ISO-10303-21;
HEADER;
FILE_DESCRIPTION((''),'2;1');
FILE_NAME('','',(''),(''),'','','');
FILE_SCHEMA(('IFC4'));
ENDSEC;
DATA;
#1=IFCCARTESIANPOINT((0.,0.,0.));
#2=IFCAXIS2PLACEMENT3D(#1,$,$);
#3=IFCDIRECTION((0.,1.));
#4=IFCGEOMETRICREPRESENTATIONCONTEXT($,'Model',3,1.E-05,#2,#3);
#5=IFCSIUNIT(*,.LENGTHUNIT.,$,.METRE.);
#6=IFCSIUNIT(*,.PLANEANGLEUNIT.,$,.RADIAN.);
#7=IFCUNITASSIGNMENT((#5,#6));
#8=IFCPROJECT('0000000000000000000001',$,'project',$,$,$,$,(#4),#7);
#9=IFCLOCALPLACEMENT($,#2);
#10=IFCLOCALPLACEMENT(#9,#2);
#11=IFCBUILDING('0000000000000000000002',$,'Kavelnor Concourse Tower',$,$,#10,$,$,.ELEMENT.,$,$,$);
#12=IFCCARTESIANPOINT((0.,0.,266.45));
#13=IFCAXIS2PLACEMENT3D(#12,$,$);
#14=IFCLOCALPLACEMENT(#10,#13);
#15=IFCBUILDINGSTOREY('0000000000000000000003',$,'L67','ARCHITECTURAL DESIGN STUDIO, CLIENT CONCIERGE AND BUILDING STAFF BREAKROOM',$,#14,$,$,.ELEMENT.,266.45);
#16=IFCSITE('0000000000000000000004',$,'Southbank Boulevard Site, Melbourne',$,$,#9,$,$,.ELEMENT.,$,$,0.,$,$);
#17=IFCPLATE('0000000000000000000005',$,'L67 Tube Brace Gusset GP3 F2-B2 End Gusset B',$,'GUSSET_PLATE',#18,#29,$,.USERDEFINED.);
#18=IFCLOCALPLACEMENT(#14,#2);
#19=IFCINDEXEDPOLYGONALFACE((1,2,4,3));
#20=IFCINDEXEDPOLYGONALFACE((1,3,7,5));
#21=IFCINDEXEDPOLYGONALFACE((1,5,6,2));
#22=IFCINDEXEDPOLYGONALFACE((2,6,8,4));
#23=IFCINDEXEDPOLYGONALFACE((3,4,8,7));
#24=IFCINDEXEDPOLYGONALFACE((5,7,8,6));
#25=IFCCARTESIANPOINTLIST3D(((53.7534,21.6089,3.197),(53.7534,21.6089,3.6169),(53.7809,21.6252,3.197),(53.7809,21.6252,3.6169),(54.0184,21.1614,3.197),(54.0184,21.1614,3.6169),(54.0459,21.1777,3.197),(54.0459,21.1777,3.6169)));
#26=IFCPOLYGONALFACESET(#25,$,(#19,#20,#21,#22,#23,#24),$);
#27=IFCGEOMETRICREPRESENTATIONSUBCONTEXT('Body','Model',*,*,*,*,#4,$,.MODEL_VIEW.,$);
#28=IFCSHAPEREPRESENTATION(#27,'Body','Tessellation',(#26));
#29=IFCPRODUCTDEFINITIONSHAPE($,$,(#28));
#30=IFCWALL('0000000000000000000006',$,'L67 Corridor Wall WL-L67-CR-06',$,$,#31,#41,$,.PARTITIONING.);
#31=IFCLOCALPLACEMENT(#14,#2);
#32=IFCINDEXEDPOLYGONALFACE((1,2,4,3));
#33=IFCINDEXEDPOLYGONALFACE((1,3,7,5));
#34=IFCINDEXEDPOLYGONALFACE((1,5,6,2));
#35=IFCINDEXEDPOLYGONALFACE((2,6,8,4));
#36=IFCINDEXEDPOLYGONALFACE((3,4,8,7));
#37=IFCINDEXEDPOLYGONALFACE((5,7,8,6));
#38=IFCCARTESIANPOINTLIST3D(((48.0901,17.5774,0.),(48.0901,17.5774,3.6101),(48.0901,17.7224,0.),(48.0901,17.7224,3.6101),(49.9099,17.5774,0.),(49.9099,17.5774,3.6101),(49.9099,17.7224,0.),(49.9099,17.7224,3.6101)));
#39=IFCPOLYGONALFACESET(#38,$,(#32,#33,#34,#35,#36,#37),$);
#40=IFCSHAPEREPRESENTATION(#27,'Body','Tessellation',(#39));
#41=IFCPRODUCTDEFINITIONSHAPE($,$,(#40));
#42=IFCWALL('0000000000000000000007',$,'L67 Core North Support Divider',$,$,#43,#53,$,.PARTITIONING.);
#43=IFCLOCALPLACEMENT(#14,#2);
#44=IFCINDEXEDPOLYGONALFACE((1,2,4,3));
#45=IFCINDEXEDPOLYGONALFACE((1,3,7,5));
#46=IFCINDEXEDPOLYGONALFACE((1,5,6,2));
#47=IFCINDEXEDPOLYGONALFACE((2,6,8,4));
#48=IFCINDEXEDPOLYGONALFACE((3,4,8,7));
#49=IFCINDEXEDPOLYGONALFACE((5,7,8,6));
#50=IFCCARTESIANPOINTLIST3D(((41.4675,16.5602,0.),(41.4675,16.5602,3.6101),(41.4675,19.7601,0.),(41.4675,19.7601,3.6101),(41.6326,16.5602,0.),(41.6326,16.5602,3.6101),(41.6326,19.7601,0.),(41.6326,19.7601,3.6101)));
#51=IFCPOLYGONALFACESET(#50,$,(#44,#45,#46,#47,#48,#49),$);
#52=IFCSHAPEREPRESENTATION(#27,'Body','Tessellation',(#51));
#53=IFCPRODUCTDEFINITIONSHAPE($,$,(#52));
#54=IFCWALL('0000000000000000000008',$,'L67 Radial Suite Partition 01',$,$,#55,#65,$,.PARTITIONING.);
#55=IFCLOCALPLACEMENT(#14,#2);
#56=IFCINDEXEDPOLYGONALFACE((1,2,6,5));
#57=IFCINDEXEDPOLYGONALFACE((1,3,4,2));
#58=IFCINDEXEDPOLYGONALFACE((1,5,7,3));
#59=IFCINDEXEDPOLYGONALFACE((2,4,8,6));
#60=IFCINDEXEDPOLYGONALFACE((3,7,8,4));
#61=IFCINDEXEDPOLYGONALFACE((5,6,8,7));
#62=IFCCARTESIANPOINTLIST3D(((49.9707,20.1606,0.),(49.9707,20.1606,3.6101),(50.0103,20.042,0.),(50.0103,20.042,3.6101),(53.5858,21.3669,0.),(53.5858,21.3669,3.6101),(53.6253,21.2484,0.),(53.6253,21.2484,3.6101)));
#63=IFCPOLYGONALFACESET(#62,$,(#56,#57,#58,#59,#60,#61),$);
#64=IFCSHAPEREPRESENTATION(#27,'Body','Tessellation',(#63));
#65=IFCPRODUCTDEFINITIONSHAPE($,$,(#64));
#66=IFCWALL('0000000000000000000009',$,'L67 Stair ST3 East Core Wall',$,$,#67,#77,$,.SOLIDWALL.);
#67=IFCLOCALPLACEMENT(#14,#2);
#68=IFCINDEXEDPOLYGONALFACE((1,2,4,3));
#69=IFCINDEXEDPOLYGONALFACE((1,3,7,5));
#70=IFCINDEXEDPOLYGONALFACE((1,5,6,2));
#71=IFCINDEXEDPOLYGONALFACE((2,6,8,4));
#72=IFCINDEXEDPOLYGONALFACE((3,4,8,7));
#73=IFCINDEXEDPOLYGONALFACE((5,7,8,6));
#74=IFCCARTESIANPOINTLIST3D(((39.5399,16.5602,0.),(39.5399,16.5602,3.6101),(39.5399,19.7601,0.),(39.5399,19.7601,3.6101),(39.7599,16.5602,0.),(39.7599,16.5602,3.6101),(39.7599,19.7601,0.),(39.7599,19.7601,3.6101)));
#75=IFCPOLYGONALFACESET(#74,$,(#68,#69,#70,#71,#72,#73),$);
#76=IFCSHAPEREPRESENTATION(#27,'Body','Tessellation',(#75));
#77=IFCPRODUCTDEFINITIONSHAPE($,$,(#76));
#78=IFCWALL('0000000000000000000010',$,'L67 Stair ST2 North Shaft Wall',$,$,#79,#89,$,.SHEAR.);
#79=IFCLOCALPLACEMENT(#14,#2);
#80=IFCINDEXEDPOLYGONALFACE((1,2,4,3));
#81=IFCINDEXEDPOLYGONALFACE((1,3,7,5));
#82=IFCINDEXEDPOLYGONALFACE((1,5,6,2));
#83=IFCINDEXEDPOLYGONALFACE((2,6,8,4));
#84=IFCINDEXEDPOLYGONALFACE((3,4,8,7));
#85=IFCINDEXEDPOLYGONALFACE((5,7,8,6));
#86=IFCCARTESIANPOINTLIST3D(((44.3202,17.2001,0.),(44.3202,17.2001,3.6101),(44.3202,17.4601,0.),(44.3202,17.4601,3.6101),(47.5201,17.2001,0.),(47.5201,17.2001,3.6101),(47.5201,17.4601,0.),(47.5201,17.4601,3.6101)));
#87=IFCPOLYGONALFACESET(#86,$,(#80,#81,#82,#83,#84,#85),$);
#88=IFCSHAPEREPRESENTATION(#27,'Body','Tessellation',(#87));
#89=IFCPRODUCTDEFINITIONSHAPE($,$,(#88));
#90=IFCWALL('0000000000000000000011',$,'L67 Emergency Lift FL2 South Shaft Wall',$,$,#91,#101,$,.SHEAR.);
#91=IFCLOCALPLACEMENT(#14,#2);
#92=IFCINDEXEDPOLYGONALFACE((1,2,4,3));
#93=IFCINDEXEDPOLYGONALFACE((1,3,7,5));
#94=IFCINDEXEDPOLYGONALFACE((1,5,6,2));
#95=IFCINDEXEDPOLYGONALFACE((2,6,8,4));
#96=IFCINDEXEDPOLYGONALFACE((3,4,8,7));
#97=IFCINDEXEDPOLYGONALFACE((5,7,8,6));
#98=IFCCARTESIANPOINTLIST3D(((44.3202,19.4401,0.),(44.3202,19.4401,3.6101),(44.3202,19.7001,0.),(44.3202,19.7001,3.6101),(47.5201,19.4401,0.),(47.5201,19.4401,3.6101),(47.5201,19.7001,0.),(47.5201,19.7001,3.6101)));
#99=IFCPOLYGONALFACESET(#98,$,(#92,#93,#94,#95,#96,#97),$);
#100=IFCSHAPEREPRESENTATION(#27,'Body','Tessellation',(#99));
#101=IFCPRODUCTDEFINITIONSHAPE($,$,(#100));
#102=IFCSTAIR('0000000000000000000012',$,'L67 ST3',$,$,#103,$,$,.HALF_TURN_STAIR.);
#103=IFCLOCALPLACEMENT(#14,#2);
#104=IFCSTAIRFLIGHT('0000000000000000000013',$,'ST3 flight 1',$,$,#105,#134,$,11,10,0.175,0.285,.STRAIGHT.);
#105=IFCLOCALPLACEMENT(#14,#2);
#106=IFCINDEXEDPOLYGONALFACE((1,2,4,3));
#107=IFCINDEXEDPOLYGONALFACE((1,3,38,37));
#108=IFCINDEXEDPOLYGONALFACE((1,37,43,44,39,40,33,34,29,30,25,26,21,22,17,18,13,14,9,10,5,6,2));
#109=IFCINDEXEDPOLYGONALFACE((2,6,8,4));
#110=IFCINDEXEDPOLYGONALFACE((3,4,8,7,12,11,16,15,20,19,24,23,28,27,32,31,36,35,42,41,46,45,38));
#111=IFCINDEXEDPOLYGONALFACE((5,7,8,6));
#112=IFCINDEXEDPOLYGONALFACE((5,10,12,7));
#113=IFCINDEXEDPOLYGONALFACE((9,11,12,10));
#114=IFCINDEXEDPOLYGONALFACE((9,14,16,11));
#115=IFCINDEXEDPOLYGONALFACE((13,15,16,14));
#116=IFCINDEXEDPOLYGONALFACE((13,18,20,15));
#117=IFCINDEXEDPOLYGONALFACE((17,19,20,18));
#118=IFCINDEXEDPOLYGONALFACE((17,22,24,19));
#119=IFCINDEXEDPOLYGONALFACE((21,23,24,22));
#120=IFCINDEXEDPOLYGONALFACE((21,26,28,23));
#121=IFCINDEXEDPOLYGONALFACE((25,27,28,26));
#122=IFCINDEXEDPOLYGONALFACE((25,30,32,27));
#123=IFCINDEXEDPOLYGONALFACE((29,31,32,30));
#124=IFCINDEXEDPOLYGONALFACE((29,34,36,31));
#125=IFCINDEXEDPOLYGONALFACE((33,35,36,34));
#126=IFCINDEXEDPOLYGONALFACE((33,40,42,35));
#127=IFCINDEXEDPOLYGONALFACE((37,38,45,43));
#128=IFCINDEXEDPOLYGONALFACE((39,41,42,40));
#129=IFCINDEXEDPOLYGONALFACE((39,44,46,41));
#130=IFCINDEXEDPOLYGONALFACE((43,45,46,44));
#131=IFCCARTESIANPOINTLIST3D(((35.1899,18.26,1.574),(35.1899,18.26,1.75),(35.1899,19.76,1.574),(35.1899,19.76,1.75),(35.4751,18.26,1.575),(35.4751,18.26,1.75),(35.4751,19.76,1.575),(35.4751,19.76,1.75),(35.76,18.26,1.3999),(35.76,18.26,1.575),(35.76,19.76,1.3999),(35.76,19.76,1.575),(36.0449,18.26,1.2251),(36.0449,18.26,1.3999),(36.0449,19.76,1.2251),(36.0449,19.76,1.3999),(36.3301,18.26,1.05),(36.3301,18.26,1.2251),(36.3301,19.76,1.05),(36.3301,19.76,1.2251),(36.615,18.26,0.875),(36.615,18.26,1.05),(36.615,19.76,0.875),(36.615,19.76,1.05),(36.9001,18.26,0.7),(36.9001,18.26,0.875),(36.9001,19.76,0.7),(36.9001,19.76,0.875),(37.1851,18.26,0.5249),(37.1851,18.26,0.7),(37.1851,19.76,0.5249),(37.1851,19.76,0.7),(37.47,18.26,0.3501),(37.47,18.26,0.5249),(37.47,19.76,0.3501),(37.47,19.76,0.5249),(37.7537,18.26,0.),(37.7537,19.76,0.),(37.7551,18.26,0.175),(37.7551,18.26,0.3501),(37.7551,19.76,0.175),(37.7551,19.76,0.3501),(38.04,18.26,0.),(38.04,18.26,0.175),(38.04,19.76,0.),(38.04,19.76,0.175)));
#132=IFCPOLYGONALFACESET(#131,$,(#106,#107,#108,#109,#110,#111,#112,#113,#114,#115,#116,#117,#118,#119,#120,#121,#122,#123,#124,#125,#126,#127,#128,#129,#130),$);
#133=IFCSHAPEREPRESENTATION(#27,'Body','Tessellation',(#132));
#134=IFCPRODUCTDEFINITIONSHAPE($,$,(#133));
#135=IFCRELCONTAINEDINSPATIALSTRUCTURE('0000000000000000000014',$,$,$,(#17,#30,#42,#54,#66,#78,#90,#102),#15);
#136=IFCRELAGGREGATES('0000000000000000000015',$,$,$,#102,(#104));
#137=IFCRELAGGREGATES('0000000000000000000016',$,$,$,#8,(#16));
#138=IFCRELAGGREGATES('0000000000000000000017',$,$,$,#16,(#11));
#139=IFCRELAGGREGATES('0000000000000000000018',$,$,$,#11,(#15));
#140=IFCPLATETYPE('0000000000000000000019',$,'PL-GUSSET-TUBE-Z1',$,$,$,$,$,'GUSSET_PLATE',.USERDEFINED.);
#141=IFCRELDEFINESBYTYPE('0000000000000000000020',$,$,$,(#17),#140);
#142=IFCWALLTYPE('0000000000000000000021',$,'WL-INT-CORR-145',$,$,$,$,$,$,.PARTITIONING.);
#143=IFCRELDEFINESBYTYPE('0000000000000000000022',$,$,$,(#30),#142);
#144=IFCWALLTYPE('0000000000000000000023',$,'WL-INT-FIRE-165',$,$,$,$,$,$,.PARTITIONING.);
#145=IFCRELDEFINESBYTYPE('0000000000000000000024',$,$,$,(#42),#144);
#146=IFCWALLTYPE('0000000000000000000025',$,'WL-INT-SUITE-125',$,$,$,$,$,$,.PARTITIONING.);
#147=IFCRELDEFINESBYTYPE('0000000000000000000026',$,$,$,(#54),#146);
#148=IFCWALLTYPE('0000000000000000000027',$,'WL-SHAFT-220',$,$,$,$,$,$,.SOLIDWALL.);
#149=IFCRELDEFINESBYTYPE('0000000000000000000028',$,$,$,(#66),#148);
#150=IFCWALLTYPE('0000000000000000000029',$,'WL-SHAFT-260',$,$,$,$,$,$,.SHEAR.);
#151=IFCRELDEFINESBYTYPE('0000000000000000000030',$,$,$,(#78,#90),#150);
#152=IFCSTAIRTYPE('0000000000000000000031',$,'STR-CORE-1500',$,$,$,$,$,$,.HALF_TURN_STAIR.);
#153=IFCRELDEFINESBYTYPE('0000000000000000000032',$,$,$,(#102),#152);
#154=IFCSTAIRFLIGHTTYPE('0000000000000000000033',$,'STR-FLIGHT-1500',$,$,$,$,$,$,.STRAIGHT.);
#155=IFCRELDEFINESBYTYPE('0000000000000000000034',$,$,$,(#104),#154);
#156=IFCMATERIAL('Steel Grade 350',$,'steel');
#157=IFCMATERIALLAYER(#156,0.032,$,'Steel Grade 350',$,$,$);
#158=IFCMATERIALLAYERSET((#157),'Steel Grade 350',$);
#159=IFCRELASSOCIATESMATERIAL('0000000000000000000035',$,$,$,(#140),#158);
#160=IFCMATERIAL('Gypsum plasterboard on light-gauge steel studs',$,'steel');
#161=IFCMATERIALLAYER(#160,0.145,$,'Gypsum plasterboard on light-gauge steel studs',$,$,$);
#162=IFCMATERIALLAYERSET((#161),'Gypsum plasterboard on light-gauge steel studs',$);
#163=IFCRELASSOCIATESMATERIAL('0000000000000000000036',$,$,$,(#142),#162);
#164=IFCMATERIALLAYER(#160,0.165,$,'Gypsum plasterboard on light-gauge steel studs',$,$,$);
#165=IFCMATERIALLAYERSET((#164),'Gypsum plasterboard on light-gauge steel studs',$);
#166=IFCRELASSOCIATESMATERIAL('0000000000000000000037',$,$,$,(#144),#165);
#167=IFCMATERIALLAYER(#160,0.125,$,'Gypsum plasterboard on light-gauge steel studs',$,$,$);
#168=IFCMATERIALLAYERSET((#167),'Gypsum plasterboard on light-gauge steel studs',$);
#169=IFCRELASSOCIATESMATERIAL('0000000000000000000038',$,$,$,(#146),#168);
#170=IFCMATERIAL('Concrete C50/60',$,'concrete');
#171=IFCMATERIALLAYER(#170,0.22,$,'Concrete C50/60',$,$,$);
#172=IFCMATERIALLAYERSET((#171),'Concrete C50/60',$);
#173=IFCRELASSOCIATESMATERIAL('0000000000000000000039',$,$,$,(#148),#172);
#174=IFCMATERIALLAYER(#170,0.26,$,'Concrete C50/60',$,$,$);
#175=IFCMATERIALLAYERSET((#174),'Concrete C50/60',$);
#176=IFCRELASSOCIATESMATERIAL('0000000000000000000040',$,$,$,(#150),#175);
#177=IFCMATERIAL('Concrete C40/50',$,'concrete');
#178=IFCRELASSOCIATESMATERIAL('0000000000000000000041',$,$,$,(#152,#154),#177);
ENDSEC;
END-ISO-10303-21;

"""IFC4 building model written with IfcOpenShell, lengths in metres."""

from ifc_helpers import new_model, si_unit, direction, frame, frame_2d, origin, origin_2d, place, context, subcontext, project, spatial, polyline, rectangle, outline, extrude, material, layer, layer_set, type_object, element, aggregate, save


model = new_model("IFC4")

# Units and contexts
model_context = context("Model", 3, precision=1e-05, world=origin(), true_north=direction((0.0, 1.0)))
body_context = subcontext(model_context, "Body", "Model", "MODEL_VIEW")
ifc_project = project(units=[si_unit("LENGTHUNIT", "METRE"), si_unit("PLANEANGLEUNIT", "RADIAN")], contexts=[model_context])

# Site, building, storey
site_placement = place(None, origin())
site = spatial("IfcSite", under=ifc_project, at=site_placement, Name="Southbank Boulevard Site, Melbourne", CompositionType="ELEMENT", RefElevation=0.0)
building_placement = place(site_placement, origin())
building = spatial("IfcBuilding", under=site, at=building_placement, Name="Kavelnor Concourse Tower", CompositionType="ELEMENT")
storey_placement = place(building_placement, frame((0.0, 0.0, 266.45)))
storey = spatial("IfcBuildingStorey", under=building, at=storey_placement, Name="L67", Description="ARCHITECTURAL DESIGN STUDIO, CLIENT CONCIERGE AND BUILDING STAFF BREAKROOM", CompositionType="ELEMENT", Elevation=266.45)

# Shared definitions
ifc_material_1 = material(Name="Steel Grade 350", Category="steel")

# Plate
ifc_layer_1 = layer(ifc_material_1, 0.032, Name="Steel Grade 350")
ifc_layer_set_1 = layer_set([ifc_layer_1], Name="Steel Grade 350")
plate_type_1 = type_object("IfcPlateType", Name="PL-GUSSET-TUBE-Z1", ElementType="GUSSET_PLATE", PredefinedType="USERDEFINED", material=ifc_layer_set_1)
plate_placement = place(storey_placement, frame((53.8997, 21.3933, 3.197), z_axis=(0.0, 0.0, 1.0), x_axis=(0.509492, -0.860475, 0.0)))
element("IfcPlate", 1, at=plate_placement, inside=storey, type_object=plate_type_1, Name="L67 Tube Brace Gusset GP3 F2-B2 End Gusset B", ObjectType="GUSSET_PLATE", PredefinedType="USERDEFINED", context=body_context, shape_type="SweptSolid", body=[
    extrude(rectangle(XDim=0.52, YDim=0.032, at=origin_2d()), origin(), (0.0, 0.0, 1.0), 0.4199),
])

# Walls
ifc_material_2 = material(Name="Gypsum plasterboard on light-gauge steel studs", Category="steel")
ifc_layer_2 = layer(ifc_material_2, 0.145, Name="Gypsum plasterboard on light-gauge steel studs")
ifc_layer_set_2 = layer_set([ifc_layer_2], Name="Gypsum plasterboard on light-gauge steel studs")
wall_type_1 = type_object("IfcWallType", Name="WL-INT-CORR-145", PredefinedType="PARTITIONING", material=ifc_layer_set_2)
wall_1_placement = place(storey_placement, frame((49.9099, 17.6499, 0.0), z_axis=(0.0, 0.0, 1.0), x_axis=(-1.0, 0.0, 0.0)))
element("IfcWall", 2, at=wall_1_placement, inside=storey, type_object=wall_type_1, Name="L67 Corridor Wall WL-L67-CR-06", PredefinedType="PARTITIONING", context=body_context, shape_type="SweptSolid", body=[
    extrude(rectangle(XDim=1.8198, YDim=0.145, at=frame_2d((0.9099, 0.0))), origin(), (0.0, 0.0, 1.0), 3.6101),
])
ifc_layer_3 = layer(ifc_material_2, 0.165, Name="Gypsum plasterboard on light-gauge steel studs")
ifc_layer_set_3 = layer_set([ifc_layer_3], Name="Gypsum plasterboard on light-gauge steel studs")
wall_type_2 = type_object("IfcWallType", Name="WL-INT-FIRE-165", PredefinedType="PARTITIONING", material=ifc_layer_set_3)
wall_2_placement = place(storey_placement, frame((41.55, 16.5601, 0.0), z_axis=(0.0, 0.0, 1.0), x_axis=(0.0, 1.0, 0.0)))
element("IfcWall", 3, at=wall_2_placement, inside=storey, type_object=wall_type_2, Name="L67 Core North Support Divider", PredefinedType="PARTITIONING", context=body_context, shape_type="SweptSolid", body=[
    extrude(rectangle(XDim=3.2, YDim=0.165, at=frame_2d((1.6001, 0.0))), origin(), (0.0, 0.0, 1.0), 3.6101),
])
ifc_layer_4 = layer(ifc_material_2, 0.125, Name="Gypsum plasterboard on light-gauge steel studs")
ifc_layer_set_4 = layer_set([ifc_layer_4], Name="Gypsum plasterboard on light-gauge steel studs")
wall_type_3 = type_object("IfcWallType", Name="WL-INT-SUITE-125", PredefinedType="PARTITIONING", material=ifc_layer_set_4)
wall_3_placement = place(storey_placement, frame((49.9905, 20.1013, 0.0), z_axis=(0.0, 0.0, 1.0), x_axis=(0.948581, 0.316535, 0.0)))
element("IfcWall", 4, at=wall_3_placement, inside=storey, type_object=wall_type_3, Name="L67 Radial Suite Partition 01", PredefinedType="PARTITIONING", context=body_context, shape_type="SweptSolid", body=[
    extrude(rectangle(XDim=3.811, YDim=0.125, at=frame_2d((1.9055, 0.0))), origin(), (0.0, 0.0, 1.0), 3.6101),
])
ifc_material_3 = material(Name="Concrete C50/60", Category="concrete")
ifc_layer_5 = layer(ifc_material_3, 0.22, Name="Concrete C50/60")
ifc_layer_set_5 = layer_set([ifc_layer_5], Name="Concrete C50/60")
wall_type_4 = type_object("IfcWallType", Name="WL-SHAFT-220", PredefinedType="SOLIDWALL", material=ifc_layer_set_5)
wall_4_placement = place(storey_placement, frame((39.6499, 16.5601, 0.0), z_axis=(0.0, 0.0, 1.0), x_axis=(0.0, 1.0, 0.0)))
element("IfcWall", 5, at=wall_4_placement, inside=storey, type_object=wall_type_4, Name="L67 Stair ST3 East Core Wall", PredefinedType="SOLIDWALL", context=body_context, shape_type="SweptSolid", body=[
    extrude(rectangle(XDim=3.2, YDim=0.22, at=frame_2d((1.6001, 0.0))), origin(), (0.0, 0.0, 1.0), 3.6101),
])
ifc_layer_6 = layer(ifc_material_3, 0.26, Name="Concrete C50/60")
ifc_layer_set_6 = layer_set([ifc_layer_6], Name="Concrete C50/60")
wall_type_5 = type_object("IfcWallType", Name="WL-SHAFT-260", PredefinedType="SHEAR", material=ifc_layer_set_6)
for number, where, z_axis, x_axis, name in (
    (6, (44.3201, 17.3301, 0.0), (0.0, 0.0, 1.0), (1.0, 0.0, 0.0), "L67 Stair ST2 North Shaft Wall"),
    (7, (44.3201, 19.5701, 0.0), (0.0, 0.0, 1.0), (1.0, 0.0, 0.0), "L67 Emergency Lift FL2 South Shaft Wall"),
):
    element("IfcWall", number, at=place(storey_placement, frame(where, z_axis=z_axis, x_axis=x_axis)), inside=storey, type_object=wall_type_5, Name=name, PredefinedType="SHEAR", context=body_context, shape_type="SweptSolid", body=[
        extrude(rectangle(XDim=3.2, YDim=0.26, at=frame_2d((1.6001, 0.0))), origin(), (0.0, 0.0, 1.0), 3.6101),
    ])

# Stair, stair flight
ifc_material_4 = material(Name="Concrete C40/50", Category="concrete")
stair_type = type_object("IfcStairType", Name="STR-CORE-1500", PredefinedType="HALF_TURN_STAIR", material=ifc_material_4)
stair_placement = place(storey_placement, origin())
stair = element("IfcStair", 8, at=stair_placement, inside=storey, type_object=stair_type, Name="L67 ST3", PredefinedType="HALF_TURN_STAIR")
stair_flight_type = type_object("IfcStairFlightType", Name="STR-FLIGHT-1500", PredefinedType="STRAIGHT", material=ifc_material_4)
stair_flight_placement = place(storey_placement, frame((38.04, 19.01, 0.0), z_axis=(0.0, 0.0, 1.0), x_axis=(-1.0, 0.0, 0.0)))
stair_flight = element("IfcStairFlight", 9, at=stair_flight_placement, type_object=stair_flight_type, Name="ST3 flight 1", NumberOfRisers=11, NumberOfTreads=10, PredefinedType="STRAIGHT", RiserHeight=0.175, TreadLength=0.285, context=body_context, shape_type="SweptSolid", body=[
    extrude(outline(polyline([(0.0, 0.0), (0.0, 0.175), (0.2849, 0.175), (0.2849, 0.3501), (0.5701, 0.3501), (0.5701, 0.5249), (0.855, 0.5249), (0.855, 0.7), (1.1399, 0.7), (1.1399, 0.875), (1.425, 0.875), (1.425, 1.05), (1.71, 1.05), (1.71, 1.2251), (1.9951, 1.2251), (1.9951, 1.3999), (2.28, 1.3999), (2.28, 1.575), (2.5649, 1.575), (2.5649, 1.75), (2.8501, 1.75), (2.8501, 1.925), (2.8501, 1.574), (0.2864, 0.0), (0.0, 0.0)])), frame((0.0, 0.75, 0.0), z_axis=(0.0, -1.0, 0.0), x_axis=(1.0, 0.0, 0.0)), (0.0, 0.0, 1.0), 1.5),
])
aggregate(stair, [stair_flight])

save(model, "model.ifc")
